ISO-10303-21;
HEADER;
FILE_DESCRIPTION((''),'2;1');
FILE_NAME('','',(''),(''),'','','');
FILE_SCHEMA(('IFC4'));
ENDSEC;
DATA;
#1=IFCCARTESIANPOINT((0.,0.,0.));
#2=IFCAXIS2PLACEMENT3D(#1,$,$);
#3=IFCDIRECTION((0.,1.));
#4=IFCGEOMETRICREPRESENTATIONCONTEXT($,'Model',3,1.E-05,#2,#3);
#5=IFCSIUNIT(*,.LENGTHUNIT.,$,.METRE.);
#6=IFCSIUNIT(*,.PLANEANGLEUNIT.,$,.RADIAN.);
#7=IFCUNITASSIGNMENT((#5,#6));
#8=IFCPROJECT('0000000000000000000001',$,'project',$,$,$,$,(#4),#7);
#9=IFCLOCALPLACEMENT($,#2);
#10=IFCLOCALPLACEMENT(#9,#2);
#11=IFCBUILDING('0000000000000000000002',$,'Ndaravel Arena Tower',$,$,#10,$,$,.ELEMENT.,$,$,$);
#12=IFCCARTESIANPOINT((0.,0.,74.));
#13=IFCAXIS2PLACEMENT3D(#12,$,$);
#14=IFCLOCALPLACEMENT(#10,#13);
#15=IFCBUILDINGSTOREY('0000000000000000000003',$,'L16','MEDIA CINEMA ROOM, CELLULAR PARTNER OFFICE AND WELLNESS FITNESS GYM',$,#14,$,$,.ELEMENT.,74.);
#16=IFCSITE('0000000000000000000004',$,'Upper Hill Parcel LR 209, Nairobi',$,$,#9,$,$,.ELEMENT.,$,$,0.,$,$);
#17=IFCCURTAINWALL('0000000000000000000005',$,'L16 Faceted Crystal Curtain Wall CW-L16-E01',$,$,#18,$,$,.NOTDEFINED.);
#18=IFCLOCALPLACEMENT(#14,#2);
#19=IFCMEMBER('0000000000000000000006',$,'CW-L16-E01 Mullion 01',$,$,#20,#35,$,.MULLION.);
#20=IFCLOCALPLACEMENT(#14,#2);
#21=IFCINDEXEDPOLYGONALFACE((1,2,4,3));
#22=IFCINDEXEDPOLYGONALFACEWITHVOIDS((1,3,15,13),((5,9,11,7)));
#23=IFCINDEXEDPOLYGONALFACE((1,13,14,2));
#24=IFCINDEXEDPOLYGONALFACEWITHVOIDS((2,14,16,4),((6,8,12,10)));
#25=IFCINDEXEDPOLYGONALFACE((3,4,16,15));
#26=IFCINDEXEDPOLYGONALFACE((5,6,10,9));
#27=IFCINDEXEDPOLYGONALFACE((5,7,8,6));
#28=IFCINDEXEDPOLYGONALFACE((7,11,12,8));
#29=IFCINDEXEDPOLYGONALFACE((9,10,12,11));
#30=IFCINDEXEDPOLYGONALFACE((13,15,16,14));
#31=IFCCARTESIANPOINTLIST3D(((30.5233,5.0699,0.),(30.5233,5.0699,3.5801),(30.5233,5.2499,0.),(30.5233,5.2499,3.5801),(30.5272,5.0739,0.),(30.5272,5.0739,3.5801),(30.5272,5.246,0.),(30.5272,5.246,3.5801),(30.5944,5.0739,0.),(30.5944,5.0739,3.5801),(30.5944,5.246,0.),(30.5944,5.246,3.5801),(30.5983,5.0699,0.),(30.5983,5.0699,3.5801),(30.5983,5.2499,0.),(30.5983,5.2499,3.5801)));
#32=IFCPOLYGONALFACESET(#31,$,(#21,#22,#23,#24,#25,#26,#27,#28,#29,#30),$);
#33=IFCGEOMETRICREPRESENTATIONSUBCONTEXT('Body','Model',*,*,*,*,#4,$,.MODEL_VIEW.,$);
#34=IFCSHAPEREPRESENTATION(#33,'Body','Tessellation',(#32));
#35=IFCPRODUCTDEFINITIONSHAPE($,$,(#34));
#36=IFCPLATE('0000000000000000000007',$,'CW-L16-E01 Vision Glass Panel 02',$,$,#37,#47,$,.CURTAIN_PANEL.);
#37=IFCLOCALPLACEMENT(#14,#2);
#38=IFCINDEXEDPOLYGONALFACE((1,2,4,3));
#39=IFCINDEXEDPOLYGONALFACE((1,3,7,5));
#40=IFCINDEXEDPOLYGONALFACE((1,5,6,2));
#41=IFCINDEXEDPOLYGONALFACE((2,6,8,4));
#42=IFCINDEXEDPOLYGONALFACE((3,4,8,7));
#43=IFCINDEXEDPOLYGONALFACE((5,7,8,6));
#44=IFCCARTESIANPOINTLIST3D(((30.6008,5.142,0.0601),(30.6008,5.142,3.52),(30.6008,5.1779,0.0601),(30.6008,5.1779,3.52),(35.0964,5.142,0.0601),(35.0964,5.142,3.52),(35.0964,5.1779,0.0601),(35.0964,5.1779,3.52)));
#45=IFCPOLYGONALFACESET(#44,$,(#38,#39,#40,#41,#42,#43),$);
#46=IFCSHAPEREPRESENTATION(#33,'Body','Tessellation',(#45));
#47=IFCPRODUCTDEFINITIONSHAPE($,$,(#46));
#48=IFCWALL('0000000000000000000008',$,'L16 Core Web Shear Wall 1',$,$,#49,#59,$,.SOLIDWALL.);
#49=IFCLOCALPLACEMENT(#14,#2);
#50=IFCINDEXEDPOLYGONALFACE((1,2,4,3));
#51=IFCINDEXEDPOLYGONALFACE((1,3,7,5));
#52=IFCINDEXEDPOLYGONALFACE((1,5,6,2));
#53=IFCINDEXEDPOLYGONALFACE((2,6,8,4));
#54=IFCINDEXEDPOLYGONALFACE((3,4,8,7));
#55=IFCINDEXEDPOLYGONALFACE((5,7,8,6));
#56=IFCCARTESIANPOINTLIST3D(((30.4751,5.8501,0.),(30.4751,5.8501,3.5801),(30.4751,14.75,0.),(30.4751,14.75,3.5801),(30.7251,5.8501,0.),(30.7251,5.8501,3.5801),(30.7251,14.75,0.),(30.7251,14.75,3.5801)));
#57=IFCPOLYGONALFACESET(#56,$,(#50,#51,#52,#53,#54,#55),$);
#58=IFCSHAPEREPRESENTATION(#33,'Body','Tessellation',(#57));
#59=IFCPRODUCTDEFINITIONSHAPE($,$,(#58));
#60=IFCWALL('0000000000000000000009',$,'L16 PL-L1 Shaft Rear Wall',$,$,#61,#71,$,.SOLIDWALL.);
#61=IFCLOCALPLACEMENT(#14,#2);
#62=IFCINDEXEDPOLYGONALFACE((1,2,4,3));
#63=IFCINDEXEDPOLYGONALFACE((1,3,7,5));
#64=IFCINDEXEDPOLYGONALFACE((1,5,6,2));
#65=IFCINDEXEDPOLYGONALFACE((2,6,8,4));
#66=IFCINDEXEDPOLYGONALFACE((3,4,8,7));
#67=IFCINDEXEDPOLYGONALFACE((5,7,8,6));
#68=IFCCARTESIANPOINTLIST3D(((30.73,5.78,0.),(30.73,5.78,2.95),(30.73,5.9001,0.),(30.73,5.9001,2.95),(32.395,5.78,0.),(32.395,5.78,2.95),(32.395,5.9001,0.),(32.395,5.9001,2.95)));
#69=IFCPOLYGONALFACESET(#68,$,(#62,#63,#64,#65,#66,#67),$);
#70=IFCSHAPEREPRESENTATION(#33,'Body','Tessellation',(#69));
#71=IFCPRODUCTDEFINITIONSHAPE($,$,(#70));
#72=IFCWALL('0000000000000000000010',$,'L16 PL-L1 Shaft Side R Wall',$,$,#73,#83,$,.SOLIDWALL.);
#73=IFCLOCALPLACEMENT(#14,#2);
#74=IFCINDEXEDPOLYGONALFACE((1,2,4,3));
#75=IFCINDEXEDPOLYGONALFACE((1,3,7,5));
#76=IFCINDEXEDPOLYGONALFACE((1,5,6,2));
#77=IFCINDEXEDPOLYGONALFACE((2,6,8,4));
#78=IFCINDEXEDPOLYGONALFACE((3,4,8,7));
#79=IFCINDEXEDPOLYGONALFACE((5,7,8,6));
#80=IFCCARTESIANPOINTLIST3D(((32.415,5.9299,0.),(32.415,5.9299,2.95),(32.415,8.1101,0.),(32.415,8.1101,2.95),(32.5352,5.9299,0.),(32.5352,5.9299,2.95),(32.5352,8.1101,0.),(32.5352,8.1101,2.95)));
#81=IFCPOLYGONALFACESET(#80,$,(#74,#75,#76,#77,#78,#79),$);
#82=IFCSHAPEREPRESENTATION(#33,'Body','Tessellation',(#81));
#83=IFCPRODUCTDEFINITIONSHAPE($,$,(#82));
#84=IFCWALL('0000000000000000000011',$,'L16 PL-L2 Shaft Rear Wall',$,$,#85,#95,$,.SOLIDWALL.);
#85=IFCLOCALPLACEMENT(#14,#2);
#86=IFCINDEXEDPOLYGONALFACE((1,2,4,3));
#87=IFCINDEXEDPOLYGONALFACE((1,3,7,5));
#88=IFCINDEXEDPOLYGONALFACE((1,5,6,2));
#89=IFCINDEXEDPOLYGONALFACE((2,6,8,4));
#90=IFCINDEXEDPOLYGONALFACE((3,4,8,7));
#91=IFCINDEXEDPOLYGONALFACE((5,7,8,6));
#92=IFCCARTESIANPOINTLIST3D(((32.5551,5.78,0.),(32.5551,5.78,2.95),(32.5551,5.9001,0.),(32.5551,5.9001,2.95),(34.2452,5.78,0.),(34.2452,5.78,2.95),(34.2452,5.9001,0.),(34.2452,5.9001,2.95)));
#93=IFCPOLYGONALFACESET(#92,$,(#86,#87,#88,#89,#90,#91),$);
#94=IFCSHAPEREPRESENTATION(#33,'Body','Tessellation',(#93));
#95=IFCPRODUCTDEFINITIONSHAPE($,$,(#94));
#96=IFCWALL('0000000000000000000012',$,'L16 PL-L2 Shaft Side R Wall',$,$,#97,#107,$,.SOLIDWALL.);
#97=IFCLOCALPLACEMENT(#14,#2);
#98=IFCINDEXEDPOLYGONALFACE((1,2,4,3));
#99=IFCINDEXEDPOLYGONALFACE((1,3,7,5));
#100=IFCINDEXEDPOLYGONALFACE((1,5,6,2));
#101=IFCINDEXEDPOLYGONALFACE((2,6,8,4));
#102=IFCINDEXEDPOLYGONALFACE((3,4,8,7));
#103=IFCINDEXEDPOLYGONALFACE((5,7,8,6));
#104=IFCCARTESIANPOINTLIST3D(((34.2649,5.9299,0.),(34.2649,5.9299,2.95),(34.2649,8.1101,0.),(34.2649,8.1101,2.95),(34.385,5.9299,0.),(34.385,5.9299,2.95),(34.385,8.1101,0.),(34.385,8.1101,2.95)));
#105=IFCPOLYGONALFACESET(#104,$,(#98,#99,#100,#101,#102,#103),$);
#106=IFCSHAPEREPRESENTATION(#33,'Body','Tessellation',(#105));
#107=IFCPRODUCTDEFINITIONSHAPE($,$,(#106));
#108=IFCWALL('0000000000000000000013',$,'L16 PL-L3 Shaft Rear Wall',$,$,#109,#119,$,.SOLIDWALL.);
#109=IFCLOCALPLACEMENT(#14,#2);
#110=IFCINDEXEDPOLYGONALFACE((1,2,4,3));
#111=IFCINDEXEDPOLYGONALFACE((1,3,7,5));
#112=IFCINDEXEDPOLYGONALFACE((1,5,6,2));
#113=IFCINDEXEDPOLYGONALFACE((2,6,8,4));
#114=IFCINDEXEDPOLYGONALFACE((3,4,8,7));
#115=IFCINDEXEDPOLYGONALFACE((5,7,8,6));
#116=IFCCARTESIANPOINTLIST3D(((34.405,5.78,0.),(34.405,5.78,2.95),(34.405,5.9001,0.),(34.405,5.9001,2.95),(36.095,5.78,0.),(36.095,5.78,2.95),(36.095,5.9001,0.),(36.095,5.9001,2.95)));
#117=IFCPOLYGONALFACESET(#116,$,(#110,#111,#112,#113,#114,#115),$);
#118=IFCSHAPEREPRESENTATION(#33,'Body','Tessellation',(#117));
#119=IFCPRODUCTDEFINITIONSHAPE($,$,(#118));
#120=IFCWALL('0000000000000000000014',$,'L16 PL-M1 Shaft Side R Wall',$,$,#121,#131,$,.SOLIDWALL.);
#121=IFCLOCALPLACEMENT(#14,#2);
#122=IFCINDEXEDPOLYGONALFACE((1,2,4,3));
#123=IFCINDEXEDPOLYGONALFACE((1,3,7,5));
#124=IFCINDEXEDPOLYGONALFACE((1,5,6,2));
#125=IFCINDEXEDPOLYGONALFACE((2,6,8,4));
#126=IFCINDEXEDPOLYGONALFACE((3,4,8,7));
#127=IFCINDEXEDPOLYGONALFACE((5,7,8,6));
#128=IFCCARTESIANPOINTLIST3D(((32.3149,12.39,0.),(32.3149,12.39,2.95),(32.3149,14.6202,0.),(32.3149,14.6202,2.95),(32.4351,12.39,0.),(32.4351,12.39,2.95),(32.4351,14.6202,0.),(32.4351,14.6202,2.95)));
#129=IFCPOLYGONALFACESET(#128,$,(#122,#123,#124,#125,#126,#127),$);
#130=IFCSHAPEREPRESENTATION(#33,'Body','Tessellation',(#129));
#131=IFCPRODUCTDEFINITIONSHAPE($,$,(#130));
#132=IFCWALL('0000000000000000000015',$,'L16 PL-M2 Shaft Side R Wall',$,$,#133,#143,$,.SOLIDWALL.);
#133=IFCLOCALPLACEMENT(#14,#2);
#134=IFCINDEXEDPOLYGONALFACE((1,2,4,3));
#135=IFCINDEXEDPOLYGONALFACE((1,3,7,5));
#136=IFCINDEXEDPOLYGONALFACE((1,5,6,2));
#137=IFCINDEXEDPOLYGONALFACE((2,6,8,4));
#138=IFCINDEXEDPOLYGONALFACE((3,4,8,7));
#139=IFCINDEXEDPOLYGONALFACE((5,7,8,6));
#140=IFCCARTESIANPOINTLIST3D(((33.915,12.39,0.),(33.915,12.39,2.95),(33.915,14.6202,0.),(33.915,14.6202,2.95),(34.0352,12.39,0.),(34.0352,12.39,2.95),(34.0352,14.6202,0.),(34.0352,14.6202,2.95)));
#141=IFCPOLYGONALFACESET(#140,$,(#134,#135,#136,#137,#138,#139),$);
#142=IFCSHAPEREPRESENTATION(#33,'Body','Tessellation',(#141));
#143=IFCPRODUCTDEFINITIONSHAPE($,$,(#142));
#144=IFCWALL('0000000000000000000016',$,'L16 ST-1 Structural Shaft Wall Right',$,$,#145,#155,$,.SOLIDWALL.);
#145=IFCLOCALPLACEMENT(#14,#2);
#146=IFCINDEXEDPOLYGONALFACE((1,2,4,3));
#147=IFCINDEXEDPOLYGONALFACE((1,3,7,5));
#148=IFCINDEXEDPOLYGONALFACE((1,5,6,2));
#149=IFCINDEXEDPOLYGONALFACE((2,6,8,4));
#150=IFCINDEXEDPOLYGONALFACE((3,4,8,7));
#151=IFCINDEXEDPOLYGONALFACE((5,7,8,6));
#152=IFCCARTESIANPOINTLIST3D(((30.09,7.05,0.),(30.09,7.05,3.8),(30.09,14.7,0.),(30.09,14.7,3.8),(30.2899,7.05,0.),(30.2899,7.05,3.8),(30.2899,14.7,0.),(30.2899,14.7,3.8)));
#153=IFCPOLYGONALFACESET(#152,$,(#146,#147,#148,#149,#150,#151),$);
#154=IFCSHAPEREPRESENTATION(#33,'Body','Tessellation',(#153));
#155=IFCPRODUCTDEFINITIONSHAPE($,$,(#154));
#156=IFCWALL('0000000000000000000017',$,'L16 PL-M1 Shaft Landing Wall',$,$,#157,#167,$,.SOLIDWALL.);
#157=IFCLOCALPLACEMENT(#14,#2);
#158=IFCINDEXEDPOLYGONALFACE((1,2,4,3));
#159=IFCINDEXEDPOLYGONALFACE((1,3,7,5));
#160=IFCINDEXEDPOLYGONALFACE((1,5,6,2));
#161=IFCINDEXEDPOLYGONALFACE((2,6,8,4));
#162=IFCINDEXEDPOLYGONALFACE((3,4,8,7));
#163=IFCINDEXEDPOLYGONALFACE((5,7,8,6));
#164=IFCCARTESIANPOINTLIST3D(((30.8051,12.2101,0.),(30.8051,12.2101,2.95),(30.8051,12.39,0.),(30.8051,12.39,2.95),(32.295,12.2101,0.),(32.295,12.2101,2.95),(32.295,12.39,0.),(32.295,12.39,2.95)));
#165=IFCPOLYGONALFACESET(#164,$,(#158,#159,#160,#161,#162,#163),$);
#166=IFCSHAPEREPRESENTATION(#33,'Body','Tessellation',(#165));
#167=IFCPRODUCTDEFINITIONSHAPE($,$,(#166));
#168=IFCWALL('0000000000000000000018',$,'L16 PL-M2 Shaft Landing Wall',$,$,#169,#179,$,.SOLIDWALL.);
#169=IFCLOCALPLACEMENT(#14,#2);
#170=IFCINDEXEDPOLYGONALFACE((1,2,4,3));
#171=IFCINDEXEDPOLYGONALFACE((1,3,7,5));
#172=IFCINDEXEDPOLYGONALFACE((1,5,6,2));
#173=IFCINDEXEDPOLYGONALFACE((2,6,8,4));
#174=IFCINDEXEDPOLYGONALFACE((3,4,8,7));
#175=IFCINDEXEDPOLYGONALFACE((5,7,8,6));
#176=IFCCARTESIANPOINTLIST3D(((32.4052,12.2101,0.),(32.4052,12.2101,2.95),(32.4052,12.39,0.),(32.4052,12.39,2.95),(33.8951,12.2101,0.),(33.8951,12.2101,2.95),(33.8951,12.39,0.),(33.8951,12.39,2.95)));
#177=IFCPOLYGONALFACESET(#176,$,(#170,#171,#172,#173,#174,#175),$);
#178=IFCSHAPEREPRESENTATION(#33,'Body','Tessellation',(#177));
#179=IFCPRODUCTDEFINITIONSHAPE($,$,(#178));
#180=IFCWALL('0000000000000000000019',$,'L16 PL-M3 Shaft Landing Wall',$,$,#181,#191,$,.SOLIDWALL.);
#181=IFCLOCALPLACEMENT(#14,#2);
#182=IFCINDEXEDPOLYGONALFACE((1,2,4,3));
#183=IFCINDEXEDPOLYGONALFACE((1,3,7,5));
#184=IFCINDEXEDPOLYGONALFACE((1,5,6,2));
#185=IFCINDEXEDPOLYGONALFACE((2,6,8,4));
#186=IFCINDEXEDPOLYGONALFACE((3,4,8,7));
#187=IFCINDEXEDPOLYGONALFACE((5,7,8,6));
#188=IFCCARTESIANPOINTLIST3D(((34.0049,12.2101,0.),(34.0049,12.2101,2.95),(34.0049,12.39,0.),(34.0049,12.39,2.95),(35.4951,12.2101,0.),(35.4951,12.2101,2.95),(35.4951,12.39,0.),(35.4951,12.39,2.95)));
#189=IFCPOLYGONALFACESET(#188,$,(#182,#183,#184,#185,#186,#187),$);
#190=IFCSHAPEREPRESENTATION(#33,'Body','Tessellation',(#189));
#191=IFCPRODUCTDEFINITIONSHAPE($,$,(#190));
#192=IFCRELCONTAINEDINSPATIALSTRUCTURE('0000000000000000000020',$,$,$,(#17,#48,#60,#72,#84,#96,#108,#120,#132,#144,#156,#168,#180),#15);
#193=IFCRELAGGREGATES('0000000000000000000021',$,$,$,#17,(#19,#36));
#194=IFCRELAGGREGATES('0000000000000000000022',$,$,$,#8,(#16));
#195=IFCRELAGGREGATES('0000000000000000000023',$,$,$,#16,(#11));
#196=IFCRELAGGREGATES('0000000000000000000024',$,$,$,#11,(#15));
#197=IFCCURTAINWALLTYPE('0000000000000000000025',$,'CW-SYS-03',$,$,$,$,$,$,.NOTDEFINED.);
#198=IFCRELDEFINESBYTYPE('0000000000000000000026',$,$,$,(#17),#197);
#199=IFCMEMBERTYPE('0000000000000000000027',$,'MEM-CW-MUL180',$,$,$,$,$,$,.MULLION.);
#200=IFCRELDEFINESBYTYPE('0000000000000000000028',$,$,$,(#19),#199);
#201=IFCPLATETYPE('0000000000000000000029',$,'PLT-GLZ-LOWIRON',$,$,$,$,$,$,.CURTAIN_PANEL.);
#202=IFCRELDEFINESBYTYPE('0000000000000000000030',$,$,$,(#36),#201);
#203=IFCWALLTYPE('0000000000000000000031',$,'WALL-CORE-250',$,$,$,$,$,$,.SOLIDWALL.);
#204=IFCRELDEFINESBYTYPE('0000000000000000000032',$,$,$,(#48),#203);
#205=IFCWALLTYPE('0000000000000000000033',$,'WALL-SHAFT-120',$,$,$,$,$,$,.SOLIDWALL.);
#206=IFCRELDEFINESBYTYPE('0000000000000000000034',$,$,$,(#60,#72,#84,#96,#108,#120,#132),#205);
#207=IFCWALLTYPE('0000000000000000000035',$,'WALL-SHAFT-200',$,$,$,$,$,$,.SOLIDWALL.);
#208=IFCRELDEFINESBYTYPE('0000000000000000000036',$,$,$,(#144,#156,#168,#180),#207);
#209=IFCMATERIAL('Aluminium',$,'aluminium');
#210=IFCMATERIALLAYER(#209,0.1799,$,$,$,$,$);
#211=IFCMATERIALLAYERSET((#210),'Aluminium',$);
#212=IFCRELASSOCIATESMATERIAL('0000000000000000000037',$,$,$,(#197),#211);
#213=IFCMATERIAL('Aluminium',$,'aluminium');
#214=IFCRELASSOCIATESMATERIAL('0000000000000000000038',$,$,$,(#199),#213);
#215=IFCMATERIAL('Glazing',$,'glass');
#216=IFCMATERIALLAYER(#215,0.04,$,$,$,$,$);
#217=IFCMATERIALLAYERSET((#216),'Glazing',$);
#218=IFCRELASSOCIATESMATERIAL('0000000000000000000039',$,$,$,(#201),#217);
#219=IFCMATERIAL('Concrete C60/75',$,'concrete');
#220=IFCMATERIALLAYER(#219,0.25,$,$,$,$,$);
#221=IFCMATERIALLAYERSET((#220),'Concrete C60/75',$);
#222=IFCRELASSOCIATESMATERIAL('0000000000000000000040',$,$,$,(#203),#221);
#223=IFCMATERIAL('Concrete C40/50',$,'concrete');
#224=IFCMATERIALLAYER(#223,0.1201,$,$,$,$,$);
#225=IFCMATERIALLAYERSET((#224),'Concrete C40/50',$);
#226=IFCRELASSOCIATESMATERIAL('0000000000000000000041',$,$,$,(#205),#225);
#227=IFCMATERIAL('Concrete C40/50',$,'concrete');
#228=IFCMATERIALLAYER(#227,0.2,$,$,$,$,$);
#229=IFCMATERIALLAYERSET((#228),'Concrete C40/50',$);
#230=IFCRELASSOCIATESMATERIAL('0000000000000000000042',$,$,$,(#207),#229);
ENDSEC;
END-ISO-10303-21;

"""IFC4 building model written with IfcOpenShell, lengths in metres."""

from ifc_helpers import new_model, si_unit, direction, frame, frame_2d, origin, origin_2d, place, context, subcontext, project, spatial, rectangle, hollow_rectangle, extrude, material, layer, layer_set, material_profile, profile_set, type_object, element, aggregate, save


model = new_model("IFC4")

# Units and contexts
model_context = context("Model", 3, precision=1e-05, world=origin(), true_north=direction((0.0, 1.0)))
body_context = subcontext(model_context, "Body", "Model", "MODEL_VIEW")
ifc_project = project(units=[si_unit("LENGTHUNIT", "METRE"), si_unit("PLANEANGLEUNIT", "RADIAN")], contexts=[model_context])

# Site, building, storey
site_placement = place(None, origin())
site = spatial("IfcSite", under=ifc_project, at=site_placement, Name="Upper Hill Parcel LR 209, Nairobi", CompositionType="ELEMENT", RefElevation=0.0)
building_placement = place(site_placement, origin())
building = spatial("IfcBuilding", under=site, at=building_placement, Name="Ndaravel Arena Tower", CompositionType="ELEMENT")
storey_placement = place(building_placement, frame((0.0, 0.0, 74.0)))
storey = spatial("IfcBuildingStorey", under=building, at=storey_placement, Name="L16", Description="MEDIA CINEMA ROOM, CELLULAR PARTNER OFFICE AND WELLNESS FITNESS GYM", CompositionType="ELEMENT", Elevation=74.0)

# Curtain wall, member, plate
ifc_material_1 = material(Name="Aluminium", Category="aluminium")
ifc_layer_1 = layer(ifc_material_1, 0.1799)
ifc_layer_set_1 = layer_set([ifc_layer_1], Name="Aluminium")
curtain_wall_type = type_object("IfcCurtainWallType", Name="CW-SYS-03", PredefinedType="NOTDEFINED", material=ifc_layer_set_1)
curtain_wall_placement = place(storey_placement, origin())
curtain_wall = element("IfcCurtainWall", 1, at=curtain_wall_placement, inside=storey, type_object=curtain_wall_type, Name="L16 Faceted Crystal Curtain Wall CW-L16-E01", PredefinedType="NOTDEFINED")
ifc_material_2 = material(Name="Aluminium", Category="aluminium")
ifc_material_profile = material_profile(ifc_material_2, hollow_rectangle(XDim=0.075, YDim=0.1799, WallThickness=0.0039, at=origin_2d()), Name="CW MULLION 75x180x4")
ifc_profile_set = profile_set([ifc_material_profile], Name="Aluminium")
member_type = type_object("IfcMemberType", Name="MEM-CW-MUL180", PredefinedType="MULLION", material=ifc_profile_set)
member_placement = place(storey_placement, frame((30.5608, 5.1599, 0.0), z_axis=(0.0, 0.0, 1.0), x_axis=(1.0, 0.0, 0.0)))
member = element("IfcMember", 2, at=member_placement, type_object=member_type, Name="CW-L16-E01 Mullion 01", PredefinedType="MULLION", context=body_context, shape_type="SweptSolid", body=[
    extrude(hollow_rectangle(XDim=0.075, YDim=0.1799, WallThickness=0.0039, at=origin_2d()), origin(), (0.0, 0.0, 1.0), 3.5801),
])
ifc_material_3 = material(Name="Glazing", Category="glass")
ifc_layer_2 = layer(ifc_material_3, 0.04)
ifc_layer_set_2 = layer_set([ifc_layer_2], Name="Glazing")
plate_type = type_object("IfcPlateType", Name="PLT-GLZ-LOWIRON", PredefinedType="CURTAIN_PANEL", material=ifc_layer_set_2)
plate_placement = place(storey_placement, frame((32.8486, 5.1599, 0.0601), z_axis=(0.0, 0.0, 1.0), x_axis=(1.0, 0.0, 0.0)))
plate = element("IfcPlate", 3, at=plate_placement, type_object=plate_type, Name="CW-L16-E01 Vision Glass Panel 02", PredefinedType="CURTAIN_PANEL", context=body_context, shape_type="SweptSolid", body=[
    extrude(rectangle(XDim=4.4956, YDim=0.0359, at=origin_2d()), origin(), (0.0, 0.0, 1.0), 3.46),
])
aggregate(curtain_wall, [member, plate])

# Walls
ifc_material_4 = material(Name="Concrete C60/75", Category="concrete")
ifc_layer_3 = layer(ifc_material_4, 0.25)
ifc_layer_set_3 = layer_set([ifc_layer_3], Name="Concrete C60/75")
wall_type_1 = type_object("IfcWallType", Name="WALL-CORE-250", PredefinedType="SOLIDWALL", material=ifc_layer_set_3)
wall_1_placement = place(storey_placement, frame((30.6001, 5.8501, 0.0), z_axis=(0.0, 0.0, 1.0), x_axis=(0.0, 1.0, 0.0)))
element("IfcWall", 4, at=wall_1_placement, inside=storey, type_object=wall_type_1, Name="L16 Core Web Shear Wall 1", PredefinedType="SOLIDWALL", context=body_context, shape_type="SweptSolid", body=[
    extrude(rectangle(XDim=8.8999, YDim=0.25, at=frame_2d((4.45, 0.0))), origin(), (0.0, 0.0, 1.0), 3.5801),
])
ifc_material_5 = material(Name="Concrete C40/50", Category="concrete")
ifc_layer_4 = layer(ifc_material_5, 0.1201)
ifc_layer_set_4 = layer_set([ifc_layer_4], Name="Concrete C40/50")
wall_type_2 = type_object("IfcWallType", Name="WALL-SHAFT-120", PredefinedType="SOLIDWALL", material=ifc_layer_set_4)
wall_2_placement = place(storey_placement, frame((30.73, 5.8401, 0.0), z_axis=(0.0, 0.0, 1.0), x_axis=(1.0, 0.0, 0.0)))
element("IfcWall", 5, at=wall_2_placement, inside=storey, type_object=wall_type_2, Name="L16 PL-L1 Shaft Rear Wall", PredefinedType="SOLIDWALL", context=body_context, shape_type="SweptSolid", body=[
    extrude(rectangle(XDim=1.665, YDim=0.1201, at=frame_2d((0.8325, 0.0))), origin(), (0.0, 0.0, 1.0), 2.95),
])
wall_3_placement = place(storey_placement, frame((32.4751, 5.9299, 0.0), z_axis=(0.0, 0.0, 1.0), x_axis=(0.0, 1.0, 0.0)))
element("IfcWall", 6, at=wall_3_placement, inside=storey, type_object=wall_type_2, Name="L16 PL-L1 Shaft Side R Wall", PredefinedType="SOLIDWALL", context=body_context, shape_type="SweptSolid", body=[
    extrude(rectangle(XDim=2.1802, YDim=0.1201, at=frame_2d((1.0901, 0.0))), origin(), (0.0, 0.0, 1.0), 2.95),
])
wall_4_placement = place(storey_placement, frame((32.5549, 5.8401, 0.0), z_axis=(0.0, 0.0, 1.0), x_axis=(1.0, 0.0, 0.0)))
element("IfcWall", 7, at=wall_4_placement, inside=storey, type_object=wall_type_2, Name="L16 PL-L2 Shaft Rear Wall", PredefinedType="SOLIDWALL", context=body_context, shape_type="SweptSolid", body=[
    extrude(rectangle(XDim=1.6902, YDim=0.1201, at=frame_2d((0.8452, 0.0))), origin(), (0.0, 0.0, 1.0), 2.95),
])
wall_5_placement = place(storey_placement, frame((34.325, 5.9299, 0.0), z_axis=(0.0, 0.0, 1.0), x_axis=(0.0, 1.0, 0.0)))
element("IfcWall", 8, at=wall_5_placement, inside=storey, type_object=wall_type_2, Name="L16 PL-L2 Shaft Side R Wall", PredefinedType="SOLIDWALL", context=body_context, shape_type="SweptSolid", body=[
    extrude(rectangle(XDim=2.1802, YDim=0.1201, at=frame_2d((1.0901, 0.0))), origin(), (0.0, 0.0, 1.0), 2.95),
])
wall_6_placement = place(storey_placement, frame((34.405, 5.8401, 0.0), z_axis=(0.0, 0.0, 1.0), x_axis=(1.0, 0.0, 0.0)))
element("IfcWall", 9, at=wall_6_placement, inside=storey, type_object=wall_type_2, Name="L16 PL-L3 Shaft Rear Wall", PredefinedType="SOLIDWALL", context=body_context, shape_type="SweptSolid", body=[
    extrude(rectangle(XDim=1.6899, YDim=0.1201, at=frame_2d((0.845, 0.0))), origin(), (0.0, 0.0, 1.0), 2.95),
])
for number, where, z_axis, x_axis, name in (
    (10, (32.375, 12.3899, 0.0), (0.0, 0.0, 1.0), (0.0, 1.0, 0.0), "L16 PL-M1 Shaft Side R Wall"),
    (11, (33.9751, 12.3899, 0.0), (0.0, 0.0, 1.0), (0.0, 1.0, 0.0), "L16 PL-M2 Shaft Side R Wall"),
):
    element("IfcWall", number, at=place(storey_placement, frame(where, z_axis=z_axis, x_axis=x_axis)), inside=storey, type_object=wall_type_2, Name=name, PredefinedType="SOLIDWALL", context=body_context, shape_type="SweptSolid", body=[
        extrude(rectangle(XDim=2.2302, YDim=0.1201, at=frame_2d((1.1152, 0.0))), origin(), (0.0, 0.0, 1.0), 2.95),
    ])
ifc_material_6 = material(Name="Concrete C40/50", Category="concrete")
ifc_layer_5 = layer(ifc_material_6, 0.2)
ifc_layer_set_5 = layer_set([ifc_layer_5], Name="Concrete C40/50")
wall_type_3 = type_object("IfcWallType", Name="WALL-SHAFT-200", PredefinedType="SOLIDWALL", material=ifc_layer_set_5)
wall_7_placement = place(storey_placement, frame((30.1899, 14.7, 0.0), z_axis=(0.0, 0.0, 1.0), x_axis=(0.0, -1.0, 0.0)))
element("IfcWall", 12, at=wall_7_placement, inside=storey, type_object=wall_type_3, Name="L16 ST-1 Structural Shaft Wall Right", PredefinedType="SOLIDWALL", context=body_context, shape_type="SweptSolid", body=[
    extrude(rectangle(XDim=7.6499, YDim=0.2, at=frame_2d((3.825, 0.0))), origin(), (0.0, 0.0, 1.0), 3.8),
])

# Walls
for number, where, z_axis, x_axis, name in (
    (13, (30.8049, 12.3, 0.0), (0.0, 0.0, 1.0), (1.0, 0.0, 0.0), "L16 PL-M1 Shaft Landing Wall"),
    (14, (32.405, 12.3, 0.0), (0.0, 0.0, 1.0), (1.0, 0.0, 0.0), "L16 PL-M2 Shaft Landing Wall"),
):
    element("IfcWall", number, at=place(storey_placement, frame(where, z_axis=z_axis, x_axis=x_axis)), inside=storey, type_object=wall_type_3, Name=name, PredefinedType="SOLIDWALL", context=body_context, shape_type="SweptSolid", body=[
        extrude(rectangle(XDim=1.49, YDim=0.1799, at=frame_2d((0.7451, 0.0))), origin(), (0.0, 0.0, 1.0), 2.95),
    ])
wall_8_placement = place(storey_placement, frame((34.0049, 12.3, 0.0), z_axis=(0.0, 0.0, 1.0), x_axis=(1.0, 0.0, 0.0)))
element("IfcWall", 15, at=wall_8_placement, inside=storey, type_object=wall_type_3, Name="L16 PL-M3 Shaft Landing Wall", PredefinedType="SOLIDWALL", context=body_context, shape_type="SweptSolid", body=[
    extrude(rectangle(XDim=1.4902, YDim=0.1799, at=frame_2d((0.7451, 0.0))), origin(), (0.0, 0.0, 1.0), 2.95),
])

save(model, "model.ifc")
